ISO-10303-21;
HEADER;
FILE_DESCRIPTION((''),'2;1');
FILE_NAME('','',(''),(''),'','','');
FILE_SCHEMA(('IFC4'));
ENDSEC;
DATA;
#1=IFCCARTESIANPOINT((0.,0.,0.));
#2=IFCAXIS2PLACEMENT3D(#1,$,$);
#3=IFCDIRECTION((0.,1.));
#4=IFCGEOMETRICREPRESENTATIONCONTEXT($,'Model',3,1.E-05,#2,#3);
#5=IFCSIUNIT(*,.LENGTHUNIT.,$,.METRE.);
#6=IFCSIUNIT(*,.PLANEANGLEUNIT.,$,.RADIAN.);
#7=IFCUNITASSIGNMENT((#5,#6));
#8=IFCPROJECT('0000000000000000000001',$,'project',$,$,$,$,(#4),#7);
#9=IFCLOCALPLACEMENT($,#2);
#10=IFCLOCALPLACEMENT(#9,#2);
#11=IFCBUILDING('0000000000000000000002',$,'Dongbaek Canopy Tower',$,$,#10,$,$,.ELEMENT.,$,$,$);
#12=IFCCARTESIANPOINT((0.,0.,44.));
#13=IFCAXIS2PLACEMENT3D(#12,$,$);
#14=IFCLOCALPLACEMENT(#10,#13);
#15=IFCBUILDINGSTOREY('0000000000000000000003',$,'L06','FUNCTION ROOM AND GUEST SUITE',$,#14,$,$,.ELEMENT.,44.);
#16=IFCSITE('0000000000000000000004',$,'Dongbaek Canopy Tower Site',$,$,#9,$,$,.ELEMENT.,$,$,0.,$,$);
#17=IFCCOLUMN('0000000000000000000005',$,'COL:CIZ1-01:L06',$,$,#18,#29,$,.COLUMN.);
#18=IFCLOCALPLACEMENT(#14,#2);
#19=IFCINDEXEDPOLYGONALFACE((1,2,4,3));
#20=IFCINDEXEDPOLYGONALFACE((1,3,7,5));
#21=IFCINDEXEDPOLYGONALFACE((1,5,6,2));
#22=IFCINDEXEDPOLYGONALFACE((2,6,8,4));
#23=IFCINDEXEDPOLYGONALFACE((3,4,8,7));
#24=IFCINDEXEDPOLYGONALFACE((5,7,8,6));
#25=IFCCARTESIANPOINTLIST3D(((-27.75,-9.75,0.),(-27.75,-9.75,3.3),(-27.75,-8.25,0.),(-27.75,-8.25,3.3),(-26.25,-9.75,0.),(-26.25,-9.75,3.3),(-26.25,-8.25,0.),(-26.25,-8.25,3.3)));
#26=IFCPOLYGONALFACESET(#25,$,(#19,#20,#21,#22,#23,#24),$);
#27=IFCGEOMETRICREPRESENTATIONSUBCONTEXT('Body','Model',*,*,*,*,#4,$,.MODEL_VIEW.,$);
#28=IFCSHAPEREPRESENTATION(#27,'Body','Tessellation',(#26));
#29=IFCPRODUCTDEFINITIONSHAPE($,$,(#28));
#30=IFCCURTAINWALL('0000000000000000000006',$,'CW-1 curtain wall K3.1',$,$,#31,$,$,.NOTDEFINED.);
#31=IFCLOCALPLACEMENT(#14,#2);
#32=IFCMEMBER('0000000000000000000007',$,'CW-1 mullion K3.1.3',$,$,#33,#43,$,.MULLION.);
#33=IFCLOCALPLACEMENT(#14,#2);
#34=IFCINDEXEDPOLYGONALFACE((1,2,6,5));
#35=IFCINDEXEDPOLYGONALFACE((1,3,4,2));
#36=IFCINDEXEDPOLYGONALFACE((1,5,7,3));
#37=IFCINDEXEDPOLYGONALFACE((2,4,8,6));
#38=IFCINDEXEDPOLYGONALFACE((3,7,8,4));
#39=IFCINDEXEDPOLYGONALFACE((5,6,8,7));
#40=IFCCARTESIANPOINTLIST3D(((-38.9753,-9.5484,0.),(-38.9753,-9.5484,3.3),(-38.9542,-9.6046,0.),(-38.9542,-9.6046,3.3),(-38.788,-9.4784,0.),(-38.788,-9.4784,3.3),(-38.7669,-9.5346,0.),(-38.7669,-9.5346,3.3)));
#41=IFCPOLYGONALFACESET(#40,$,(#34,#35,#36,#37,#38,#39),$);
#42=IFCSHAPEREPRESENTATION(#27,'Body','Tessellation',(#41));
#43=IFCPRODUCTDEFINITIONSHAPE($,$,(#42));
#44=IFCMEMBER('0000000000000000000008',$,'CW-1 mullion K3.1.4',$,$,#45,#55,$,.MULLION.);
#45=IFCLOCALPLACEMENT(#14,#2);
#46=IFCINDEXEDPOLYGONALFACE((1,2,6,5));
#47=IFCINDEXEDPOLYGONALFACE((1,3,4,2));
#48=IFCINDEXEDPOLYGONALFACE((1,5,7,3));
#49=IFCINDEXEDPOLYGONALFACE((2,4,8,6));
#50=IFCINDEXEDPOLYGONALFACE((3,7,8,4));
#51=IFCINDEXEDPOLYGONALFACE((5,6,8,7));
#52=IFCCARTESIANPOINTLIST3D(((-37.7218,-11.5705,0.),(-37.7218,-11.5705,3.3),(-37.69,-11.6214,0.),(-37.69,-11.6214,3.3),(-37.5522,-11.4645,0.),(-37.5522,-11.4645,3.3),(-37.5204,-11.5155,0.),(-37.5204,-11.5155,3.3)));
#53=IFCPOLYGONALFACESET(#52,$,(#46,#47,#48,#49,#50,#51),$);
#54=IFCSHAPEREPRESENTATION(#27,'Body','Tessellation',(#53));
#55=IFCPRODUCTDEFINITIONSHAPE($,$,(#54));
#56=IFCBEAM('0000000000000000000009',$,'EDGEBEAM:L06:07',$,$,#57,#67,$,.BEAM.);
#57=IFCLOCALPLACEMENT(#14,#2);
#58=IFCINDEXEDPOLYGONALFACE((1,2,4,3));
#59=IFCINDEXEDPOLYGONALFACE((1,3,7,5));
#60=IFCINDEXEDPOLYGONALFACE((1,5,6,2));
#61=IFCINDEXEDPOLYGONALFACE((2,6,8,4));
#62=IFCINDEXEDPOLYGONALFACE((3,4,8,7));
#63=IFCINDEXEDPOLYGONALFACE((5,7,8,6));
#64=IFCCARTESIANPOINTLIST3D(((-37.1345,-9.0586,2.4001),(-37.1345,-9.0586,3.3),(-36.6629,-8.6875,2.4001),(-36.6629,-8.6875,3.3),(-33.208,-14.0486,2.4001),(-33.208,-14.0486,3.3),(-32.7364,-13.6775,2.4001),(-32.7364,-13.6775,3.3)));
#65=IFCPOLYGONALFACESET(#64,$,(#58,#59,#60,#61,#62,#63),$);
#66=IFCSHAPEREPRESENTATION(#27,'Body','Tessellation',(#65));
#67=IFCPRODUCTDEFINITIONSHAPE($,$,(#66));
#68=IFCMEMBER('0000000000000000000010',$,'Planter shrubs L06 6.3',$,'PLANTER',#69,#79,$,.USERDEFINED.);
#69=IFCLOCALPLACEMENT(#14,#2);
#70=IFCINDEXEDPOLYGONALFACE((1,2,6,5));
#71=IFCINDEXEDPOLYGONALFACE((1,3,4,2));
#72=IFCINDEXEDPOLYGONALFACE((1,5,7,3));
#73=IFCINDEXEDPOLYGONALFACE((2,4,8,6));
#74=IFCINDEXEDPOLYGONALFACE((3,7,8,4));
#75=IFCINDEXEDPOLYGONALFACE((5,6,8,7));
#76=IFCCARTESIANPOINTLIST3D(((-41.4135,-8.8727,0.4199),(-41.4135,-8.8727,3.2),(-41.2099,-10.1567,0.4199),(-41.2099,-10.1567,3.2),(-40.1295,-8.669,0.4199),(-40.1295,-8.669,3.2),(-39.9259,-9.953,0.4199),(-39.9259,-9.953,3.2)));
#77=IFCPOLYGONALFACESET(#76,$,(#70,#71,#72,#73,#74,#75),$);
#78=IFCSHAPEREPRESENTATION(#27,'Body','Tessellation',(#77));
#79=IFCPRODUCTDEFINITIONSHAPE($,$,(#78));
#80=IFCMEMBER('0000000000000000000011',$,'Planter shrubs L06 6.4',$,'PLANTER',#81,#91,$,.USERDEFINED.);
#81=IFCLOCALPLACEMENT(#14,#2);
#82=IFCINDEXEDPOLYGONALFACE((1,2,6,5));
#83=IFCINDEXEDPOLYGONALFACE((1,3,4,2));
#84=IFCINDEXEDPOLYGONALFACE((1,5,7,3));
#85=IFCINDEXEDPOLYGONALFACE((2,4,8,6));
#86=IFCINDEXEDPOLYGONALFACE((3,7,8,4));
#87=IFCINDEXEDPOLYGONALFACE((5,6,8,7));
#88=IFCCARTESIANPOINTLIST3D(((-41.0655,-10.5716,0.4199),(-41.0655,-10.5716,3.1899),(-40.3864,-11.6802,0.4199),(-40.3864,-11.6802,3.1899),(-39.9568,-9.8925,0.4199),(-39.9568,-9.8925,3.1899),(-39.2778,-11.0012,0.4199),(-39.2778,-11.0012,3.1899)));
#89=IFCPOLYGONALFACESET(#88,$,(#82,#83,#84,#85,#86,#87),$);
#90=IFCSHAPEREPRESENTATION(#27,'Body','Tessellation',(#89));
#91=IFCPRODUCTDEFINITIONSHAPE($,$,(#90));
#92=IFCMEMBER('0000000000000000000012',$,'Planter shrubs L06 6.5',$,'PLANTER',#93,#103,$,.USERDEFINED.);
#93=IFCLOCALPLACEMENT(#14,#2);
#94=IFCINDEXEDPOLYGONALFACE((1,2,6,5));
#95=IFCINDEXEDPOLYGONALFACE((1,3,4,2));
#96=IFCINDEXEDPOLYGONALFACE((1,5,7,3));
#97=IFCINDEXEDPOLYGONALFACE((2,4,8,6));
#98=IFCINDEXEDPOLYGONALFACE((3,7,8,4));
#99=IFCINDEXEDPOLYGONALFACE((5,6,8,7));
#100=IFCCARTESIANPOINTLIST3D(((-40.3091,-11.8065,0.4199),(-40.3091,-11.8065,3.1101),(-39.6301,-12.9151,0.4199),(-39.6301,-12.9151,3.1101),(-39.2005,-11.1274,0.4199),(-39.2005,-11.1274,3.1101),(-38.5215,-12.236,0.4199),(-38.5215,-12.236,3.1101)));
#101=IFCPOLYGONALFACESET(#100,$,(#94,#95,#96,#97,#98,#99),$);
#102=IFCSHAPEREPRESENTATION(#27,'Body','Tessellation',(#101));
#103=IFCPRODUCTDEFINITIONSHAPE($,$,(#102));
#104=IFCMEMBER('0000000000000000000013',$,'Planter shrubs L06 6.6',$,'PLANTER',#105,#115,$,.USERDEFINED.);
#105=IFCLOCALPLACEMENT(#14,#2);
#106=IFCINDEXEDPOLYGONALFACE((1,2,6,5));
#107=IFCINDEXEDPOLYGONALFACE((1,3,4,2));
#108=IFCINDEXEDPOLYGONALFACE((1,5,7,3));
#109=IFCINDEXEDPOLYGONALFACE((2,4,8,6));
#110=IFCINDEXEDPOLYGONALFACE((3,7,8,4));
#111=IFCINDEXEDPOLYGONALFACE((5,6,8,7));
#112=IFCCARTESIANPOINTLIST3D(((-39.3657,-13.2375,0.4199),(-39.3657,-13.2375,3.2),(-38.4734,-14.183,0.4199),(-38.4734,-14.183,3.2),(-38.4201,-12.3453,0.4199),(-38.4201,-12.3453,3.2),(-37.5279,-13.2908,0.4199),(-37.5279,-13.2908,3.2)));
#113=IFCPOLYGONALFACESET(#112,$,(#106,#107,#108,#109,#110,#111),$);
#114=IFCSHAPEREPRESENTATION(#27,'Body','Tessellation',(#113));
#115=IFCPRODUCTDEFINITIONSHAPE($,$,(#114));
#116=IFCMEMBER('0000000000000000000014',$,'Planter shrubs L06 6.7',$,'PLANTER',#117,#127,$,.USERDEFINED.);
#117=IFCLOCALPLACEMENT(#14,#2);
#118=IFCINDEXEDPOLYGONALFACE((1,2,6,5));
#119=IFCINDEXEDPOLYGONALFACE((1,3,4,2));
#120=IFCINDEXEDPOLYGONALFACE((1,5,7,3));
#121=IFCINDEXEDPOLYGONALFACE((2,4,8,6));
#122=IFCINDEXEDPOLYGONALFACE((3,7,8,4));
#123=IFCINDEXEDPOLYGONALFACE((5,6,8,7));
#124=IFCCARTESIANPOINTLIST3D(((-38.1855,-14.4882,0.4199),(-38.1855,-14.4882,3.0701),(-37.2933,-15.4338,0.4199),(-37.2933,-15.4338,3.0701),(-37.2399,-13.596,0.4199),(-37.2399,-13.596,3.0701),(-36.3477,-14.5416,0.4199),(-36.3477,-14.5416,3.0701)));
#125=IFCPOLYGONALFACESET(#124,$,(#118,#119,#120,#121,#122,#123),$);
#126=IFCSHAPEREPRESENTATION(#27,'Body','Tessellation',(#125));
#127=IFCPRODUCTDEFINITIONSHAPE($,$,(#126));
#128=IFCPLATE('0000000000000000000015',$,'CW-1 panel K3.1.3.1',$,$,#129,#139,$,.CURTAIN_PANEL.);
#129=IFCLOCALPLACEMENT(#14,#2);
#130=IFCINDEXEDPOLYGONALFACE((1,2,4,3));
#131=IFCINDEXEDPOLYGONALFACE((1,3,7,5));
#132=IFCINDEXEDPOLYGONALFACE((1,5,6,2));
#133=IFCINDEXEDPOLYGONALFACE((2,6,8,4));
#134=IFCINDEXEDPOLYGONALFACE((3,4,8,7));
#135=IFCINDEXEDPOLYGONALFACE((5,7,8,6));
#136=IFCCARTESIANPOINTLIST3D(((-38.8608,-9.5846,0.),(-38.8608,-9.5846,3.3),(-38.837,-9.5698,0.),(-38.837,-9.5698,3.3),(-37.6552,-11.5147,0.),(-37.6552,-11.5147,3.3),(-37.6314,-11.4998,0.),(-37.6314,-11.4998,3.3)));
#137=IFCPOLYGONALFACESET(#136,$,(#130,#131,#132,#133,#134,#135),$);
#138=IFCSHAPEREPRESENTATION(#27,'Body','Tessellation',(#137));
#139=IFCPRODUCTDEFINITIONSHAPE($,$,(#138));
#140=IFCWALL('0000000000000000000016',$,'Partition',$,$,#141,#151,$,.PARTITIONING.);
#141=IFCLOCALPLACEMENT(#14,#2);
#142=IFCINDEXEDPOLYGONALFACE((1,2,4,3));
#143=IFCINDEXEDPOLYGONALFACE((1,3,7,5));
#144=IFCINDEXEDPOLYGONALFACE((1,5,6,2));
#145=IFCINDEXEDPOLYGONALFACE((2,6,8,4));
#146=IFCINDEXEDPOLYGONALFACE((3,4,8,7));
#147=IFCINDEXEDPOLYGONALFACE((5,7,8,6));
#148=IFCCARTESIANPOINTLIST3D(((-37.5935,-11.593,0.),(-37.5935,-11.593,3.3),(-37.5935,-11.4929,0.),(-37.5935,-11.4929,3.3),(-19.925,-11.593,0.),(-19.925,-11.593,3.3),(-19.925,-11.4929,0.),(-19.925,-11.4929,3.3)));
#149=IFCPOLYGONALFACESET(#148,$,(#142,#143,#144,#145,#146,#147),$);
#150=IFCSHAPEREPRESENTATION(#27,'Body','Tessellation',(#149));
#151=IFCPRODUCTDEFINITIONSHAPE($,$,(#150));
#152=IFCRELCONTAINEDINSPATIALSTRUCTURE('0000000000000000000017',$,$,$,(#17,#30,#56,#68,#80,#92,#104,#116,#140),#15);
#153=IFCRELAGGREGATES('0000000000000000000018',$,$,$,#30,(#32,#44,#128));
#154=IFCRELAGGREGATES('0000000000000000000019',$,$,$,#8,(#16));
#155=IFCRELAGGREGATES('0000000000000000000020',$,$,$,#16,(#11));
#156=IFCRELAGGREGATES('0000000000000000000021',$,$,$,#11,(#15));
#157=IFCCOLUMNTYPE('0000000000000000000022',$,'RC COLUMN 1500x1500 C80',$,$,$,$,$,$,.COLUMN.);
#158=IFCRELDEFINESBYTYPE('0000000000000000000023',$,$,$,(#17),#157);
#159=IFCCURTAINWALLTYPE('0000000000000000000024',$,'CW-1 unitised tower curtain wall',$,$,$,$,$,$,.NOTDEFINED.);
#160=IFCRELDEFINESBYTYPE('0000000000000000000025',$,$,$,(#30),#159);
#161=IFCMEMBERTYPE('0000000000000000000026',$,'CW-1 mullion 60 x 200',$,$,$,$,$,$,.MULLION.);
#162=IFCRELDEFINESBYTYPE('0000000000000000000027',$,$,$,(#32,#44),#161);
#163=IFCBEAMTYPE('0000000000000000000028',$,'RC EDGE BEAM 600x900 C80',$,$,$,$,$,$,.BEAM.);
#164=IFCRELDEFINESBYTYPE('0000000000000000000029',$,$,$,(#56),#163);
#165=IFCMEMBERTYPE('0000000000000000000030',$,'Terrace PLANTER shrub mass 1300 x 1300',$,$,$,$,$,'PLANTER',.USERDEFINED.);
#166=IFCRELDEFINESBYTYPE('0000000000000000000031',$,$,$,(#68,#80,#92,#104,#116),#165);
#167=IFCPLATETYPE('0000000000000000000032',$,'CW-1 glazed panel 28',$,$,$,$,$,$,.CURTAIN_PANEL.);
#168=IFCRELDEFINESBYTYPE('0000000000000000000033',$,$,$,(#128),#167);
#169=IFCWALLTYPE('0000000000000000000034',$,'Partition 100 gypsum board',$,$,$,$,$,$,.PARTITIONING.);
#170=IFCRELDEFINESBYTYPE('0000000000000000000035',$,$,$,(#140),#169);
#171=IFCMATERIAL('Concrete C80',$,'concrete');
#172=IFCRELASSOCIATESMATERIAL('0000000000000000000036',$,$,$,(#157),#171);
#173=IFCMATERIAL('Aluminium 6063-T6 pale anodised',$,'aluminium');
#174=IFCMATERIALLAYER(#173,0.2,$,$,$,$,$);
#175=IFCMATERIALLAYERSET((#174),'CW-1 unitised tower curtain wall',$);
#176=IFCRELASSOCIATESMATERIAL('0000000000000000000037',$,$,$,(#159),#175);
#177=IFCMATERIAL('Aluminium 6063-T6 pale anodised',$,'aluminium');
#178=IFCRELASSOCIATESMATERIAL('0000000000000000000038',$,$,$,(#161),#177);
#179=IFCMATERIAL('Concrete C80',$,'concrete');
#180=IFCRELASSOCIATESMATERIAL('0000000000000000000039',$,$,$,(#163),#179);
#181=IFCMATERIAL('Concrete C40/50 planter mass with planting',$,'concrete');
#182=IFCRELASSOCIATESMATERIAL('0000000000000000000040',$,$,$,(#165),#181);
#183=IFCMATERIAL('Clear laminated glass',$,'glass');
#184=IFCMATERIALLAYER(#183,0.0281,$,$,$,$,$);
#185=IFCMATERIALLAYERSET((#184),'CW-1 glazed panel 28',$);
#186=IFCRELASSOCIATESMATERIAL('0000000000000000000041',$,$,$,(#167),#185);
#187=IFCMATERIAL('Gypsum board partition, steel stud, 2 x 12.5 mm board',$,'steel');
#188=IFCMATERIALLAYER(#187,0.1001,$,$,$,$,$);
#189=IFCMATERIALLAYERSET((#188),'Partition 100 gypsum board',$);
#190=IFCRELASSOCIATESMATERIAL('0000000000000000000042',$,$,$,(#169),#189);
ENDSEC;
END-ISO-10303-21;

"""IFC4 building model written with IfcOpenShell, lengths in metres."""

from ifc_helpers import new_model, si_unit, direction, frame, frame_2d, origin, origin_2d, place, context, subcontext, project, spatial, rectangle, extrude, material, layer, layer_set, material_profile, profile_set, type_object, element, aggregate, save


model = new_model("IFC4")

# Units and contexts
model_context = context("Model", 3, precision=1e-05, world=origin(), true_north=direction((0.0, 1.0)))
body_context = subcontext(model_context, "Body", "Model", "MODEL_VIEW")
ifc_project = project(units=[si_unit("LENGTHUNIT", "METRE"), si_unit("PLANEANGLEUNIT", "RADIAN")], contexts=[model_context])

# Site, building, storey
site_placement = place(None, origin())
site = spatial("IfcSite", under=ifc_project, at=site_placement, Name="Dongbaek Canopy Tower Site", CompositionType="ELEMENT", RefElevation=0.0)
building_placement = place(site_placement, origin())
building = spatial("IfcBuilding", under=site, at=building_placement, Name="Dongbaek Canopy Tower", CompositionType="ELEMENT")
storey_placement = place(building_placement, frame((0.0, 0.0, 44.0)))
storey = spatial("IfcBuildingStorey", under=building, at=storey_placement, Name="L06", Description="FUNCTION ROOM AND GUEST SUITE", CompositionType="ELEMENT", Elevation=44.0)

# Column
ifc_material_1 = material(Name="Concrete C80", Category="concrete")
ifc_material_profile_1 = material_profile(ifc_material_1, rectangle(XDim=1.5, YDim=1.5, at=origin_2d()), Name="RC COLUMN 1500x1500 C80")
ifc_profile_set_1 = profile_set([ifc_material_profile_1], Name="Concrete C80")
column_type = type_object("IfcColumnType", Name="RC COLUMN 1500x1500 C80", PredefinedType="COLUMN", material=ifc_profile_set_1)
column_placement = place(storey_placement, frame((-27.0, -9.0, 0.0), z_axis=(0.0, 0.0, 1.0), x_axis=(1.0, 0.0, 0.0)))
element("IfcColumn", 1, at=column_placement, inside=storey, type_object=column_type, Name="COL:CIZ1-01:L06", PredefinedType="COLUMN", context=body_context, shape_type="SweptSolid", body=[
    extrude(rectangle(XDim=1.5, YDim=1.5, at=origin_2d()), origin(), (0.0, 0.0, 1.0), 3.3),
])

# Curtain wall, members
ifc_material_2 = material(Name="Aluminium 6063-T6 pale anodised", Category="aluminium")
ifc_layer_1 = layer(ifc_material_2, 0.2)
ifc_layer_set_1 = layer_set([ifc_layer_1], Name="CW-1 unitised tower curtain wall")
curtain_wall_type = type_object("IfcCurtainWallType", Name="CW-1 unitised tower curtain wall", PredefinedType="NOTDEFINED", material=ifc_layer_set_1)
curtain_wall_placement = place(storey_placement, origin())
curtain_wall = element("IfcCurtainWall", 2, at=curtain_wall_placement, inside=storey, type_object=curtain_wall_type, Name="CW-1 curtain wall K3.1", PredefinedType="NOTDEFINED")
ifc_material_3 = material(Name="Aluminium 6063-T6 pale anodised", Category="aluminium")
ifc_material_profile_2 = material_profile(ifc_material_3, rectangle(XDim=0.2, YDim=0.0601, at=origin_2d()), Name="CW-1 mullion 60 x 200")
ifc_profile_set_2 = profile_set([ifc_material_profile_2], Name="Aluminium 6063-T6 pale anodised")
member_type_1 = type_object("IfcMemberType", Name="CW-1 mullion 60 x 200", PredefinedType="MULLION", material=ifc_profile_set_2)
member_1_placement = place(storey_placement, frame((-38.8711, -9.5415, 0.0), z_axis=(0.0, 0.0, 1.0), x_axis=(-0.936665, -0.350228, 0.0)))
member_1 = element("IfcMember", 3, at=member_1_placement, type_object=member_type_1, Name="CW-1 mullion K3.1.3", PredefinedType="MULLION", context=body_context, shape_type="SweptSolid", body=[
    extrude(rectangle(XDim=0.2, YDim=0.0601, at=origin_2d()), origin(), (0.0, 0.0, 1.0), 3.3),
])
member_2_placement = place(storey_placement, frame((-37.6211, -11.543, 0.0), z_axis=(0.0, 0.0, 1.0), x_axis=(-0.848139, -0.529773, 0.0)))
member_2 = element("IfcMember", 4, at=member_2_placement, type_object=member_type_1, Name="CW-1 mullion K3.1.4", PredefinedType="MULLION", context=body_context, shape_type="SweptSolid", body=[
    extrude(rectangle(XDim=0.2, YDim=0.0601, at=origin_2d()), origin(), (0.0, 0.0, 1.0), 3.3),
])

# Beam
ifc_material_4 = material(Name="Concrete C80", Category="concrete")
ifc_material_profile_3 = material_profile(ifc_material_4, rectangle(XDim=0.6001, YDim=0.8999, at=origin_2d()), Name="RC EDGE BEAM 600x900 C80")
ifc_profile_set_3 = profile_set([ifc_material_profile_3], Name="Concrete C80")
beam_type = type_object("IfcBeamType", Name="RC EDGE BEAM 600x900 C80", PredefinedType="BEAM", material=ifc_profile_set_3)
beam_placement = place(storey_placement, frame((-32.9722, -13.863, 2.8501), z_axis=(-0.618387, 0.785874, 0.0), x_axis=(-0.785874, -0.618387, 0.0)))
element("IfcBeam", 5, at=beam_placement, inside=storey, type_object=beam_type, Name="EDGEBEAM:L06:07", PredefinedType="BEAM", context=body_context, shape_type="SweptSolid", body=[
    extrude(rectangle(XDim=0.6001, YDim=0.8999, at=origin_2d()), origin(), (0.0, 0.0, 1.0), 6.3496),
])

# Members
ifc_material_5 = material(Name="Concrete C40/50 planter mass with planting", Category="concrete")
ifc_material_profile_4 = material_profile(ifc_material_5, rectangle(XDim=1.3, YDim=1.3, at=origin_2d()), Name="Terrace PLANTER shrub mass 1300 x 1300")
ifc_profile_set_4 = profile_set([ifc_material_profile_4], Name="Concrete C40/50 planter mass with planting")
member_type_2 = type_object("IfcMemberType", Name="Terrace PLANTER shrub mass 1300 x 1300", ElementType="PLANTER", PredefinedType="USERDEFINED", material=ifc_profile_set_4)
member_3_placement = place(storey_placement, frame((-40.6697, -9.4128, 0.4199), z_axis=(0.0, 0.0, 1.0), x_axis=(-0.987655, -0.156648, 0.0)))
element("IfcMember", 6, at=member_3_placement, inside=storey, type_object=member_type_2, Name="Planter shrubs L06 6.3", ObjectType="PLANTER", PredefinedType="USERDEFINED", context=body_context, shape_type="SweptSolid", body=[
    extrude(rectangle(XDim=1.3, YDim=1.3, at=origin_2d()), origin(), (0.0, 0.0, 1.0), 2.78),
])
member_4_placement = place(storey_placement, frame((-40.1716, -10.7864, 0.4199), z_axis=(0.0, 0.0, 1.0), x_axis=(-0.852749, -0.522321, 0.0)))
element("IfcMember", 7, at=member_4_placement, inside=storey, type_object=member_type_2, Name="Planter shrubs L06 6.4", ObjectType="PLANTER", PredefinedType="USERDEFINED", context=body_context, shape_type="SweptSolid", body=[
    extrude(rectangle(XDim=1.3, YDim=1.3, at=origin_2d()), origin(), (0.0, 0.0, 1.0), 2.77),
])
member_5_placement = place(storey_placement, frame((-39.4153, -12.0212, 0.4199), z_axis=(0.0, 0.0, 1.0), x_axis=(-0.852749, -0.522321, 0.0)))
element("IfcMember", 8, at=member_5_placement, inside=storey, type_object=member_type_2, Name="Planter shrubs L06 6.5", ObjectType="PLANTER", PredefinedType="USERDEFINED", context=body_context, shape_type="SweptSolid", body=[
    extrude(rectangle(XDim=1.3, YDim=1.3, at=origin_2d()), origin(), (0.0, 0.0, 1.0), 2.6902),
])
member_6_placement = place(storey_placement, frame((-38.4468, -13.2642, 0.4199), z_axis=(0.0, 0.0, 1.0), x_axis=(-0.727322, -0.686296, 0.0)))
element("IfcMember", 9, at=member_6_placement, inside=storey, type_object=member_type_2, Name="Planter shrubs L06 6.6", ObjectType="PLANTER", PredefinedType="USERDEFINED", context=body_context, shape_type="SweptSolid", body=[
    extrude(rectangle(XDim=1.3, YDim=1.3, at=origin_2d()), origin(), (0.0, 0.0, 1.0), 2.78),
])
member_7_placement = place(storey_placement, frame((-37.2666, -14.5149, 0.4199), z_axis=(0.0, 0.0, 1.0), x_axis=(-0.727322, -0.686296, 0.0)))
element("IfcMember", 10, at=member_7_placement, inside=storey, type_object=member_type_2, Name="Planter shrubs L06 6.7", ObjectType="PLANTER", PredefinedType="USERDEFINED", context=body_context, shape_type="SweptSolid", body=[
    extrude(rectangle(XDim=1.3, YDim=1.3, at=origin_2d()), origin(), (0.0, 0.0, 1.0), 2.6501),
])

# Plate
ifc_material_6 = material(Name="Clear laminated glass", Category="glass")
ifc_layer_2 = layer(ifc_material_6, 0.0281)
ifc_layer_set_2 = layer_set([ifc_layer_2], Name="CW-1 glazed panel 28")
plate_type = type_object("IfcPlateType", Name="CW-1 glazed panel 28", PredefinedType="CURTAIN_PANEL", material=ifc_layer_set_2)
plate_placement = place(storey_placement, frame((-38.2461, -10.5422, 0.0), z_axis=(0.0, 0.0, 1.0), x_axis=(0.529773, -0.848139, 0.0)))
plate = element("IfcPlate", 11, at=plate_placement, type_object=plate_type, Name="CW-1 panel K3.1.3.1", PredefinedType="CURTAIN_PANEL", context=body_context, shape_type="SweptSolid", body=[
    extrude(rectangle(XDim=2.2756, YDim=0.0281, at=origin_2d()), origin(), (0.0, 0.0, 1.0), 3.3),
])
aggregate(curtain_wall, [member_1, member_2, plate])

# Wall
ifc_material_7 = material(Name="Gypsum board partition, steel stud, 2 x 12.5 mm board", Category="steel")
ifc_layer_3 = layer(ifc_material_7, 0.1001)
ifc_layer_set_3 = layer_set([ifc_layer_3], Name="Partition 100 gypsum board")
wall_type_1 = type_object("IfcWallType", Name="Partition 100 gypsum board", PredefinedType="PARTITIONING", material=ifc_layer_set_3)
wall_1_placement = place(storey_placement, frame((-37.5935, -11.543, 0.0), z_axis=(0.0, 0.0, 1.0), x_axis=(1.0, 0.0, 0.0)))
element("IfcWall", 12, at=wall_1_placement, inside=storey, type_object=wall_type_1, Name="Partition", PredefinedType="PARTITIONING", context=body_context, shape_type="SweptSolid", body=[
    extrude(rectangle(XDim=17.6685, YDim=0.1001, at=frame_2d((8.8342, 0.0))), origin(), (0.0, 0.0, 1.0), 3.3),
])

save(model, "model.ifc")
